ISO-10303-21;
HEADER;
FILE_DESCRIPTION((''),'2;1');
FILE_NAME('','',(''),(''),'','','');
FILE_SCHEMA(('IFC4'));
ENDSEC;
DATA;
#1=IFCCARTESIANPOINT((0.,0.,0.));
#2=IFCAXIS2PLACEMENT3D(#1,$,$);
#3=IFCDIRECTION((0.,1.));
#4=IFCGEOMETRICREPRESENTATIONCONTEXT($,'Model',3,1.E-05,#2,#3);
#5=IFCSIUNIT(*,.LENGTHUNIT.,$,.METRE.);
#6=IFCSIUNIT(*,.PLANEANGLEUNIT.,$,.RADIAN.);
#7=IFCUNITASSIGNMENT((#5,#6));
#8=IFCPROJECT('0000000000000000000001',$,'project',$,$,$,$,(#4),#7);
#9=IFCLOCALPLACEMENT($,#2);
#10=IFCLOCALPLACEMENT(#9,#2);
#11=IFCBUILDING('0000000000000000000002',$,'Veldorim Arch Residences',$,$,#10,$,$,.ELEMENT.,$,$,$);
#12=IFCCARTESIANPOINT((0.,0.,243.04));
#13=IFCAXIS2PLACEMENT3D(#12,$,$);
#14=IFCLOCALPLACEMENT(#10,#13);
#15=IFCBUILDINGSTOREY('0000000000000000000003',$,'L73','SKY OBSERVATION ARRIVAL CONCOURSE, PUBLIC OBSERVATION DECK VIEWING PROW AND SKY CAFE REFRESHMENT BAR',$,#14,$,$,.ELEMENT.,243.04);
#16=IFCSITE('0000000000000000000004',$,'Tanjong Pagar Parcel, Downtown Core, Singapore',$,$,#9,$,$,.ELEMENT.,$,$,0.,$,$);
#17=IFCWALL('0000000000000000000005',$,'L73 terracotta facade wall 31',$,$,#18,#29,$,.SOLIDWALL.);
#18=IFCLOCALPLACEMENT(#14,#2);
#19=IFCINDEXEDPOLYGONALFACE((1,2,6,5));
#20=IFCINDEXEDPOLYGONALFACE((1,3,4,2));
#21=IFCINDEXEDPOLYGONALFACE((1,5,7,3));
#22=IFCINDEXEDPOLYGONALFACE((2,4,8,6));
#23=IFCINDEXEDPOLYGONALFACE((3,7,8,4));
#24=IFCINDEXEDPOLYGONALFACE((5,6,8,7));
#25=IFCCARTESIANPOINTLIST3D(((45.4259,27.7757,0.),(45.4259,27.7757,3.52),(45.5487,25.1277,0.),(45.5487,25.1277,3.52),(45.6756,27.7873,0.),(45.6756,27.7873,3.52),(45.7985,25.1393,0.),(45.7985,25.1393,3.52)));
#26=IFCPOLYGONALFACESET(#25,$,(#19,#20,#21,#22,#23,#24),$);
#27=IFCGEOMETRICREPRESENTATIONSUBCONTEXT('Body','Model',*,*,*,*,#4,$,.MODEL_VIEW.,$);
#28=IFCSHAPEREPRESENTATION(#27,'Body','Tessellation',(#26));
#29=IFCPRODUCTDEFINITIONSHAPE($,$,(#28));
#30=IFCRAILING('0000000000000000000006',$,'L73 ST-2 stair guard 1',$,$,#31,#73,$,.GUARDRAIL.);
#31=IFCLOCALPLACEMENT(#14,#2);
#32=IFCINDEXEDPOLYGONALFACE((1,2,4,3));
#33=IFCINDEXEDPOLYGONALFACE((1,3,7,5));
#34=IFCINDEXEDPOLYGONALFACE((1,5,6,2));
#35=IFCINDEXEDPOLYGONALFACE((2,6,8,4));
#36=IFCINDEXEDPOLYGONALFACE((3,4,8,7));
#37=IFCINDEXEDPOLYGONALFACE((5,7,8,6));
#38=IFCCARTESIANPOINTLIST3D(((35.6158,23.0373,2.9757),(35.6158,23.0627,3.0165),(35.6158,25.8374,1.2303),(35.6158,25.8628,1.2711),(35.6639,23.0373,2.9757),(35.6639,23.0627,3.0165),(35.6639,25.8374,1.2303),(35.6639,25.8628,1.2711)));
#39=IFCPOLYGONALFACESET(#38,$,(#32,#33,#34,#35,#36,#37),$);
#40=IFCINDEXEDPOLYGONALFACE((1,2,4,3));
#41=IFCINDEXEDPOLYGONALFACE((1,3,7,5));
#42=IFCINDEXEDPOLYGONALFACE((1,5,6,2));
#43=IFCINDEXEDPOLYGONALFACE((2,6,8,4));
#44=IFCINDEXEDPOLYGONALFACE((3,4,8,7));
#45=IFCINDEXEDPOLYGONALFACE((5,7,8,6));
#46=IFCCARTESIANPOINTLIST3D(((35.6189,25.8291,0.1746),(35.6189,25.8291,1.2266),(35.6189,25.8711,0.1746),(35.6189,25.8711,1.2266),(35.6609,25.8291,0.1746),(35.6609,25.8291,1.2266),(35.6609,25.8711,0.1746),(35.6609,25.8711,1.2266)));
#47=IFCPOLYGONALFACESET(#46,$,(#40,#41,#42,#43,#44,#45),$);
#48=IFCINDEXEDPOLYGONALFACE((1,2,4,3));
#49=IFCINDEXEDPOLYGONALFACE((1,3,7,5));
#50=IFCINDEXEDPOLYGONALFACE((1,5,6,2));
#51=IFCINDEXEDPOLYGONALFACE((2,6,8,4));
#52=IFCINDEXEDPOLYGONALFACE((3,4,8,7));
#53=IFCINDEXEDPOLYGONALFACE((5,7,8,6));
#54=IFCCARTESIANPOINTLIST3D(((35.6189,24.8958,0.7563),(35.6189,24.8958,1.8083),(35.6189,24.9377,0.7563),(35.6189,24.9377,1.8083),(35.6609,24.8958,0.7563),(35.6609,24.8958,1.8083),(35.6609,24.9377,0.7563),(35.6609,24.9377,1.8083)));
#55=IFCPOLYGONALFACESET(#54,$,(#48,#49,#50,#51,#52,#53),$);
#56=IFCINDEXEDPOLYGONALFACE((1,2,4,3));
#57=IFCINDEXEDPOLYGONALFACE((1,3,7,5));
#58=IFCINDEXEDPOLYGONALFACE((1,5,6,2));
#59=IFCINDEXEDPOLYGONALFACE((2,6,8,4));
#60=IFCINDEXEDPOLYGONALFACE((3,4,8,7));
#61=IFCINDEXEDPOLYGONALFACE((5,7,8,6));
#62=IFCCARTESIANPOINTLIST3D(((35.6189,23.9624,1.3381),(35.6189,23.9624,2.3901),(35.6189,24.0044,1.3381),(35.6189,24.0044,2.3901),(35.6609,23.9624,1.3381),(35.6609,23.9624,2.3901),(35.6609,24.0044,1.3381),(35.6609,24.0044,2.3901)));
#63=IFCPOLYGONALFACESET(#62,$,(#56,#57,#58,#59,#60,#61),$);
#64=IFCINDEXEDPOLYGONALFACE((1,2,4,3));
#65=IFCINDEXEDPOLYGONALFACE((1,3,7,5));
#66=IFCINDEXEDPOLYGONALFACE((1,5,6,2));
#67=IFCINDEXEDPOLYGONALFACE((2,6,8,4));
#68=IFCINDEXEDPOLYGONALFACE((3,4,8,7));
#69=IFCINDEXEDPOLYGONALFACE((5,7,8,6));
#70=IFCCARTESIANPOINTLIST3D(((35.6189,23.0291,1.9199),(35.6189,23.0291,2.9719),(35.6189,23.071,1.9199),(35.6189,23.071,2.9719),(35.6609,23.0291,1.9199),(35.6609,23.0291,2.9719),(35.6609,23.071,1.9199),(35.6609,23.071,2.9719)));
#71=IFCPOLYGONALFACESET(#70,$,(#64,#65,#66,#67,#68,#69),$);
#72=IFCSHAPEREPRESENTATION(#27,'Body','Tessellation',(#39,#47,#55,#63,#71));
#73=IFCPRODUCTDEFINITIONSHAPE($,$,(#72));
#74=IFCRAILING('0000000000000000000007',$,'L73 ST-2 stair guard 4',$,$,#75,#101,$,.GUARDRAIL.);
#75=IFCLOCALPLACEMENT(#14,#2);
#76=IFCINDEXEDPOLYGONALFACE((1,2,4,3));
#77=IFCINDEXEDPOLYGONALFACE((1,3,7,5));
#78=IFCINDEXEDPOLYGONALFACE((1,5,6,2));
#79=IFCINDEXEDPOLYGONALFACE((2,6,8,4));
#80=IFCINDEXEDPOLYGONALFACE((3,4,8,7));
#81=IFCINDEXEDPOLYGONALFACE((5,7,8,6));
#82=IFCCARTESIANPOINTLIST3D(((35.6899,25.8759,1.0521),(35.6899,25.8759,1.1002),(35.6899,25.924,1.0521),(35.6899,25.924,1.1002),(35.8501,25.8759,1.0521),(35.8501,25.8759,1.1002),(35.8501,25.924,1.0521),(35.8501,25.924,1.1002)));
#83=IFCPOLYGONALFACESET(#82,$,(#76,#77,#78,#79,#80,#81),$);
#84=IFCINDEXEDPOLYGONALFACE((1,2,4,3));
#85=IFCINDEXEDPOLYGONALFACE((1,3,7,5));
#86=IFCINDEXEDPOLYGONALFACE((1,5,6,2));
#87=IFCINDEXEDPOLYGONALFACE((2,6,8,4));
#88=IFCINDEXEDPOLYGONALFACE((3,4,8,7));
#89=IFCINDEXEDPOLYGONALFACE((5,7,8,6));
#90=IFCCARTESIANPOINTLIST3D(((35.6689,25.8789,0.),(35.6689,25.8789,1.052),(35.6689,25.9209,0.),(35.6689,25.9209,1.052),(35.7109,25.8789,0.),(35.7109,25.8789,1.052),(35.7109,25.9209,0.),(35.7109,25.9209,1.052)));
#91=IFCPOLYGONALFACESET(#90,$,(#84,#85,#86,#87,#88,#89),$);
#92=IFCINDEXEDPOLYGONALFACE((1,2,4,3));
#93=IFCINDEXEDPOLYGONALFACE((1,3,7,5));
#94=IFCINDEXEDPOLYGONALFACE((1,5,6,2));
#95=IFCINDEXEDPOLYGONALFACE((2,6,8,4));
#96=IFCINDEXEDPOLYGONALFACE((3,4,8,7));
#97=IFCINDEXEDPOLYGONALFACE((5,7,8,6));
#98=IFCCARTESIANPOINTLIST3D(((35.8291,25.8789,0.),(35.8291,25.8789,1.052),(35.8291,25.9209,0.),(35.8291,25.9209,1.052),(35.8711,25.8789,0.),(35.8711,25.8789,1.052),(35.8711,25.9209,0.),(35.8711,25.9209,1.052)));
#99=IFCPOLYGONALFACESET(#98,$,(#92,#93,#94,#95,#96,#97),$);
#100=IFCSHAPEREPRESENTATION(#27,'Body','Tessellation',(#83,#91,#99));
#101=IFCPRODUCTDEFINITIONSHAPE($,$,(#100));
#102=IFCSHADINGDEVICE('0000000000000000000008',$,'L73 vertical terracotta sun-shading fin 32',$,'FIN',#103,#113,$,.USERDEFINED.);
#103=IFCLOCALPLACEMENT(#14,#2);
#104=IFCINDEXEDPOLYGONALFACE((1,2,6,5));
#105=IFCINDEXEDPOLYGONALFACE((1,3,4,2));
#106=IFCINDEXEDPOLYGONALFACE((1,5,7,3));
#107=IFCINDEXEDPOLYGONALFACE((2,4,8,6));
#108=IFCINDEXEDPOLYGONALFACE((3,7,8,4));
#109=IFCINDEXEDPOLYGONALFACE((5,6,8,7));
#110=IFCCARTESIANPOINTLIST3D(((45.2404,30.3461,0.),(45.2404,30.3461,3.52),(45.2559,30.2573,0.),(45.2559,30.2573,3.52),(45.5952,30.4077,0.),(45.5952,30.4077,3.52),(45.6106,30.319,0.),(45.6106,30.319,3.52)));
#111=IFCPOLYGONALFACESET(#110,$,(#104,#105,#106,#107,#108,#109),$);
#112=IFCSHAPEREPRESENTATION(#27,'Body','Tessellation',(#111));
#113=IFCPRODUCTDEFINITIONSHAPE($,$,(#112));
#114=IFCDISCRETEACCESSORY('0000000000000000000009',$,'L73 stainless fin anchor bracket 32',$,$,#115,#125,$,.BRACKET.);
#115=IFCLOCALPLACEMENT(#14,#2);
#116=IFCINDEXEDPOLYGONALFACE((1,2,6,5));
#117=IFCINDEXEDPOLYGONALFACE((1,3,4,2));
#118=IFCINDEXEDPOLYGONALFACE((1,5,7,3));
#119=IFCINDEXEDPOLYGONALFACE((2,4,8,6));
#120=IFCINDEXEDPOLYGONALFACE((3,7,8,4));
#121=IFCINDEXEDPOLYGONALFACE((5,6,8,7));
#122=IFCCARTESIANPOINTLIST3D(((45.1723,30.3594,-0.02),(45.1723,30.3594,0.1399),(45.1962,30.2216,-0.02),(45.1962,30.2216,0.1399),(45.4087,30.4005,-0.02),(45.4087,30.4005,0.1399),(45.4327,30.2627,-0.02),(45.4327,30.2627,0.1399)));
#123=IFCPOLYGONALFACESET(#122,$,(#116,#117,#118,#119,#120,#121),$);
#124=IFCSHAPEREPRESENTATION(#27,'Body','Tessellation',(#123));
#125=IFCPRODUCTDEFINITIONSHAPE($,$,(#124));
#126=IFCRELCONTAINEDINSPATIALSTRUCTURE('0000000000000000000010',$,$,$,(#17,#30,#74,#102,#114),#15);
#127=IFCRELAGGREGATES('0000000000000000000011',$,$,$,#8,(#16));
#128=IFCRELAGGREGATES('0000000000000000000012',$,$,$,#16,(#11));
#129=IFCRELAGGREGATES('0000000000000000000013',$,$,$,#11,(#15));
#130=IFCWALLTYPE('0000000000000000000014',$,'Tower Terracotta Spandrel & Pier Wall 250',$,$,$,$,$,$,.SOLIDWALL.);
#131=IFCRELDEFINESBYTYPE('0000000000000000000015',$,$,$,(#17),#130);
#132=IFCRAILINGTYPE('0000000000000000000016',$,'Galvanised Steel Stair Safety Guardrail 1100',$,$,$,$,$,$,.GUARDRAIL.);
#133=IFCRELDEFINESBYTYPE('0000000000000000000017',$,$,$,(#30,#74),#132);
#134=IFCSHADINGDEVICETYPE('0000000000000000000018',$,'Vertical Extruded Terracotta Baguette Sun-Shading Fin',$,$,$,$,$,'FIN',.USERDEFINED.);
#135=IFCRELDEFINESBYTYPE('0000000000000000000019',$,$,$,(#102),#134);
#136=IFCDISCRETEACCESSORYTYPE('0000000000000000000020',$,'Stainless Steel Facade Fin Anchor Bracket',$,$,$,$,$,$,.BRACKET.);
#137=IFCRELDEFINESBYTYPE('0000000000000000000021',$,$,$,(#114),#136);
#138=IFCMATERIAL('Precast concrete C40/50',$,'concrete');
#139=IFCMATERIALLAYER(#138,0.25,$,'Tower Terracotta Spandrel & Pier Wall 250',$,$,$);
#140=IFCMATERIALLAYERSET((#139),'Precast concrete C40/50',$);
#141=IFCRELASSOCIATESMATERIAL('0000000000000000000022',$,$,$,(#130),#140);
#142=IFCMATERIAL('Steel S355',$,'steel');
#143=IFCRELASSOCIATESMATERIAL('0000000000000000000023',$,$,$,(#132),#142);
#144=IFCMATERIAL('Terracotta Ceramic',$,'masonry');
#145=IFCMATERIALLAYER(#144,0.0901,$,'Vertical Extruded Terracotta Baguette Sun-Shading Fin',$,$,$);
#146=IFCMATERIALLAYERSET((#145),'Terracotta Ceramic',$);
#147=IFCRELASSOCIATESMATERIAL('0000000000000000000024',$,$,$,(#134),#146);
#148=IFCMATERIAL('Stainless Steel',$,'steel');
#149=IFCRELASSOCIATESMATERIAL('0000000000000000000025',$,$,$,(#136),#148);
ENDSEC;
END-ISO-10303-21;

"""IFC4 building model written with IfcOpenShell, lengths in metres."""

from ifc_helpers import new_model, si_unit, direction, frame, frame_2d, origin, origin_2d, place, context, subcontext, project, spatial, rectangle, extrude, material, layer, layer_set, type_object, element, save


model = new_model("IFC4")

# Units and contexts
model_context = context("Model", 3, precision=1e-05, world=origin(), true_north=direction((0.0, 1.0)))
body_context = subcontext(model_context, "Body", "Model", "MODEL_VIEW")
ifc_project = project(units=[si_unit("LENGTHUNIT", "METRE"), si_unit("PLANEANGLEUNIT", "RADIAN")], contexts=[model_context])

# Site, building, storey
site_placement = place(None, origin())
site = spatial("IfcSite", under=ifc_project, at=site_placement, Name="Tanjong Pagar Parcel, Downtown Core, Singapore", CompositionType="ELEMENT", RefElevation=0.0)
building_placement = place(site_placement, origin())
building = spatial("IfcBuilding", under=site, at=building_placement, Name="Veldorim Arch Residences", CompositionType="ELEMENT")
storey_placement = place(building_placement, frame((0.0, 0.0, 243.04)))
storey = spatial("IfcBuildingStorey", under=building, at=storey_placement, Name="L73", Description="SKY OBSERVATION ARRIVAL CONCOURSE, PUBLIC OBSERVATION DECK VIEWING PROW AND SKY CAFE REFRESHMENT BAR", CompositionType="ELEMENT", Elevation=243.04)

# Wall
ifc_material_1 = material(Name="Precast concrete C40/50", Category="concrete")
ifc_layer_1 = layer(ifc_material_1, 0.25, Name="Tower Terracotta Spandrel & Pier Wall 250")
ifc_layer_set_1 = layer_set([ifc_layer_1], Name="Precast concrete C40/50")
wall_type_1 = type_object("IfcWallType", Name="Tower Terracotta Spandrel & Pier Wall 250", PredefinedType="SOLIDWALL", material=ifc_layer_set_1)
wall_1_placement = place(storey_placement, frame((45.5508, 27.7815, 0.0), z_axis=(0.0, 0.0, 1.0), x_axis=(0.046327, -0.998926, 0.0)))
element("IfcWall", 1, at=wall_1_placement, inside=storey, type_object=wall_type_1, Name="L73 terracotta facade wall 31", PredefinedType="SOLIDWALL", context=body_context, shape_type="SweptSolid", body=[
    extrude(rectangle(XDim=2.6509, YDim=0.25, at=frame_2d((1.3254, 0.0))), origin(), (0.0, 0.0, 1.0), 3.52),
])

# Railings
ifc_material_2 = material(Name="Steel S355", Category="steel")
railing_type = type_object("IfcRailingType", Name="Galvanised Steel Stair Safety Guardrail 1100", PredefinedType="GUARDRAIL", material=ifc_material_2)
railing_1_placement = place(storey_placement, frame((35.6399, 25.8501, 0.1746)))
element("IfcRailing", 2, at=railing_1_placement, inside=storey, type_object=railing_type, Name="L73 ST-2 stair guard 1", PredefinedType="GUARDRAIL", context=body_context, shape_type="SweptSolid", body=[
    extrude(rectangle(XDim=0.0481, YDim=0.0481, at=origin_2d()), frame((0.0, 0.0, 1.0762), z_axis=(0.0, -0.848634, 0.528981), x_axis=(1.0, 0.0, 0.0)), (0.0, 0.0, 1.0), 3.2996),
    extrude(rectangle(XDim=0.042, YDim=0.042, at=origin_2d()), origin(), (0.0, 0.0, 1.0), 1.052),
    extrude(rectangle(XDim=0.042, YDim=0.042, at=origin_2d()), frame((0.0, -0.9333, 0.5818)), (0.0, 0.0, 1.0), 1.052),
    extrude(rectangle(XDim=0.042, YDim=0.042, at=origin_2d()), frame((0.0, -1.8667, 1.1636)), (0.0, 0.0, 1.0), 1.052),
    extrude(rectangle(XDim=0.042, YDim=0.042, at=origin_2d()), frame((0.0, -2.8, 1.7454)), (0.0, 0.0, 1.0), 1.052),
])
railing_2_placement = place(storey_placement, frame((35.6899, 25.8999, 0.0)))
element("IfcRailing", 3, at=railing_2_placement, inside=storey, type_object=railing_type, Name="L73 ST-2 stair guard 4", PredefinedType="GUARDRAIL", context=body_context, shape_type="SweptSolid", body=[
    extrude(rectangle(XDim=0.0481, YDim=0.0481, at=origin_2d()), frame((0.0, 0.0, 1.0762), z_axis=(1.0, 0.0, 0.0), x_axis=(0.0, 1.0, 0.0)), (0.0, 0.0, 1.0), 0.1602),
    extrude(rectangle(XDim=0.042, YDim=0.042, at=origin_2d()), origin(), (0.0, 0.0, 1.0), 1.052),
    extrude(rectangle(XDim=0.042, YDim=0.042, at=origin_2d()), frame((0.1602, 0.0, 0.0)), (0.0, 0.0, 1.0), 1.052),
])

# Shading device
ifc_material_3 = material(Name="Terracotta Ceramic", Category="masonry")
ifc_layer_2 = layer(ifc_material_3, 0.0901, Name="Vertical Extruded Terracotta Baguette Sun-Shading Fin")
ifc_layer_set_2 = layer_set([ifc_layer_2], Name="Terracotta Ceramic")
shading_device_type = type_object("IfcShadingDeviceType", Name="Vertical Extruded Terracotta Baguette Sun-Shading Fin", ElementType="FIN", PredefinedType="USERDEFINED", material=ifc_layer_set_2)
shading_device_placement = place(storey_placement, frame((45.4255, 30.3325, 0.0), z_axis=(0.0, 0.0, 1.0), x_axis=(0.171241, -0.985229, 0.0)))
element("IfcShadingDevice", 4, at=shading_device_placement, inside=storey, type_object=shading_device_type, Name="L73 vertical terracotta sun-shading fin 32", ObjectType="FIN", PredefinedType="USERDEFINED", context=body_context, shape_type="SweptSolid", body=[
    extrude(rectangle(XDim=0.0901, YDim=0.3601, at=origin_2d()), origin(), (0.0, 0.0, 1.0), 3.52),
])

# Discrete accessory
ifc_material_4 = material(Name="Stainless Steel", Category="steel")
discrete_accessory_type = type_object("IfcDiscreteAccessoryType", Name="Stainless Steel Facade Fin Anchor Bracket", PredefinedType="BRACKET", material=ifc_material_4)
discrete_accessory_placement = place(storey_placement, frame((45.3025, 30.311, -0.02), z_axis=(0.0, 0.0, 1.0), x_axis=(0.171241, -0.985229, 0.0)))
element("IfcDiscreteAccessory", 5, at=discrete_accessory_placement, inside=storey, type_object=discrete_accessory_type, Name="L73 stainless fin anchor bracket 32", PredefinedType="BRACKET", context=body_context, shape_type="SweptSolid", body=[
    extrude(rectangle(XDim=0.1399, YDim=0.24, at=origin_2d()), origin(), (0.0, 0.0, 1.0), 0.1599),
])

save(model, "model.ifc")
